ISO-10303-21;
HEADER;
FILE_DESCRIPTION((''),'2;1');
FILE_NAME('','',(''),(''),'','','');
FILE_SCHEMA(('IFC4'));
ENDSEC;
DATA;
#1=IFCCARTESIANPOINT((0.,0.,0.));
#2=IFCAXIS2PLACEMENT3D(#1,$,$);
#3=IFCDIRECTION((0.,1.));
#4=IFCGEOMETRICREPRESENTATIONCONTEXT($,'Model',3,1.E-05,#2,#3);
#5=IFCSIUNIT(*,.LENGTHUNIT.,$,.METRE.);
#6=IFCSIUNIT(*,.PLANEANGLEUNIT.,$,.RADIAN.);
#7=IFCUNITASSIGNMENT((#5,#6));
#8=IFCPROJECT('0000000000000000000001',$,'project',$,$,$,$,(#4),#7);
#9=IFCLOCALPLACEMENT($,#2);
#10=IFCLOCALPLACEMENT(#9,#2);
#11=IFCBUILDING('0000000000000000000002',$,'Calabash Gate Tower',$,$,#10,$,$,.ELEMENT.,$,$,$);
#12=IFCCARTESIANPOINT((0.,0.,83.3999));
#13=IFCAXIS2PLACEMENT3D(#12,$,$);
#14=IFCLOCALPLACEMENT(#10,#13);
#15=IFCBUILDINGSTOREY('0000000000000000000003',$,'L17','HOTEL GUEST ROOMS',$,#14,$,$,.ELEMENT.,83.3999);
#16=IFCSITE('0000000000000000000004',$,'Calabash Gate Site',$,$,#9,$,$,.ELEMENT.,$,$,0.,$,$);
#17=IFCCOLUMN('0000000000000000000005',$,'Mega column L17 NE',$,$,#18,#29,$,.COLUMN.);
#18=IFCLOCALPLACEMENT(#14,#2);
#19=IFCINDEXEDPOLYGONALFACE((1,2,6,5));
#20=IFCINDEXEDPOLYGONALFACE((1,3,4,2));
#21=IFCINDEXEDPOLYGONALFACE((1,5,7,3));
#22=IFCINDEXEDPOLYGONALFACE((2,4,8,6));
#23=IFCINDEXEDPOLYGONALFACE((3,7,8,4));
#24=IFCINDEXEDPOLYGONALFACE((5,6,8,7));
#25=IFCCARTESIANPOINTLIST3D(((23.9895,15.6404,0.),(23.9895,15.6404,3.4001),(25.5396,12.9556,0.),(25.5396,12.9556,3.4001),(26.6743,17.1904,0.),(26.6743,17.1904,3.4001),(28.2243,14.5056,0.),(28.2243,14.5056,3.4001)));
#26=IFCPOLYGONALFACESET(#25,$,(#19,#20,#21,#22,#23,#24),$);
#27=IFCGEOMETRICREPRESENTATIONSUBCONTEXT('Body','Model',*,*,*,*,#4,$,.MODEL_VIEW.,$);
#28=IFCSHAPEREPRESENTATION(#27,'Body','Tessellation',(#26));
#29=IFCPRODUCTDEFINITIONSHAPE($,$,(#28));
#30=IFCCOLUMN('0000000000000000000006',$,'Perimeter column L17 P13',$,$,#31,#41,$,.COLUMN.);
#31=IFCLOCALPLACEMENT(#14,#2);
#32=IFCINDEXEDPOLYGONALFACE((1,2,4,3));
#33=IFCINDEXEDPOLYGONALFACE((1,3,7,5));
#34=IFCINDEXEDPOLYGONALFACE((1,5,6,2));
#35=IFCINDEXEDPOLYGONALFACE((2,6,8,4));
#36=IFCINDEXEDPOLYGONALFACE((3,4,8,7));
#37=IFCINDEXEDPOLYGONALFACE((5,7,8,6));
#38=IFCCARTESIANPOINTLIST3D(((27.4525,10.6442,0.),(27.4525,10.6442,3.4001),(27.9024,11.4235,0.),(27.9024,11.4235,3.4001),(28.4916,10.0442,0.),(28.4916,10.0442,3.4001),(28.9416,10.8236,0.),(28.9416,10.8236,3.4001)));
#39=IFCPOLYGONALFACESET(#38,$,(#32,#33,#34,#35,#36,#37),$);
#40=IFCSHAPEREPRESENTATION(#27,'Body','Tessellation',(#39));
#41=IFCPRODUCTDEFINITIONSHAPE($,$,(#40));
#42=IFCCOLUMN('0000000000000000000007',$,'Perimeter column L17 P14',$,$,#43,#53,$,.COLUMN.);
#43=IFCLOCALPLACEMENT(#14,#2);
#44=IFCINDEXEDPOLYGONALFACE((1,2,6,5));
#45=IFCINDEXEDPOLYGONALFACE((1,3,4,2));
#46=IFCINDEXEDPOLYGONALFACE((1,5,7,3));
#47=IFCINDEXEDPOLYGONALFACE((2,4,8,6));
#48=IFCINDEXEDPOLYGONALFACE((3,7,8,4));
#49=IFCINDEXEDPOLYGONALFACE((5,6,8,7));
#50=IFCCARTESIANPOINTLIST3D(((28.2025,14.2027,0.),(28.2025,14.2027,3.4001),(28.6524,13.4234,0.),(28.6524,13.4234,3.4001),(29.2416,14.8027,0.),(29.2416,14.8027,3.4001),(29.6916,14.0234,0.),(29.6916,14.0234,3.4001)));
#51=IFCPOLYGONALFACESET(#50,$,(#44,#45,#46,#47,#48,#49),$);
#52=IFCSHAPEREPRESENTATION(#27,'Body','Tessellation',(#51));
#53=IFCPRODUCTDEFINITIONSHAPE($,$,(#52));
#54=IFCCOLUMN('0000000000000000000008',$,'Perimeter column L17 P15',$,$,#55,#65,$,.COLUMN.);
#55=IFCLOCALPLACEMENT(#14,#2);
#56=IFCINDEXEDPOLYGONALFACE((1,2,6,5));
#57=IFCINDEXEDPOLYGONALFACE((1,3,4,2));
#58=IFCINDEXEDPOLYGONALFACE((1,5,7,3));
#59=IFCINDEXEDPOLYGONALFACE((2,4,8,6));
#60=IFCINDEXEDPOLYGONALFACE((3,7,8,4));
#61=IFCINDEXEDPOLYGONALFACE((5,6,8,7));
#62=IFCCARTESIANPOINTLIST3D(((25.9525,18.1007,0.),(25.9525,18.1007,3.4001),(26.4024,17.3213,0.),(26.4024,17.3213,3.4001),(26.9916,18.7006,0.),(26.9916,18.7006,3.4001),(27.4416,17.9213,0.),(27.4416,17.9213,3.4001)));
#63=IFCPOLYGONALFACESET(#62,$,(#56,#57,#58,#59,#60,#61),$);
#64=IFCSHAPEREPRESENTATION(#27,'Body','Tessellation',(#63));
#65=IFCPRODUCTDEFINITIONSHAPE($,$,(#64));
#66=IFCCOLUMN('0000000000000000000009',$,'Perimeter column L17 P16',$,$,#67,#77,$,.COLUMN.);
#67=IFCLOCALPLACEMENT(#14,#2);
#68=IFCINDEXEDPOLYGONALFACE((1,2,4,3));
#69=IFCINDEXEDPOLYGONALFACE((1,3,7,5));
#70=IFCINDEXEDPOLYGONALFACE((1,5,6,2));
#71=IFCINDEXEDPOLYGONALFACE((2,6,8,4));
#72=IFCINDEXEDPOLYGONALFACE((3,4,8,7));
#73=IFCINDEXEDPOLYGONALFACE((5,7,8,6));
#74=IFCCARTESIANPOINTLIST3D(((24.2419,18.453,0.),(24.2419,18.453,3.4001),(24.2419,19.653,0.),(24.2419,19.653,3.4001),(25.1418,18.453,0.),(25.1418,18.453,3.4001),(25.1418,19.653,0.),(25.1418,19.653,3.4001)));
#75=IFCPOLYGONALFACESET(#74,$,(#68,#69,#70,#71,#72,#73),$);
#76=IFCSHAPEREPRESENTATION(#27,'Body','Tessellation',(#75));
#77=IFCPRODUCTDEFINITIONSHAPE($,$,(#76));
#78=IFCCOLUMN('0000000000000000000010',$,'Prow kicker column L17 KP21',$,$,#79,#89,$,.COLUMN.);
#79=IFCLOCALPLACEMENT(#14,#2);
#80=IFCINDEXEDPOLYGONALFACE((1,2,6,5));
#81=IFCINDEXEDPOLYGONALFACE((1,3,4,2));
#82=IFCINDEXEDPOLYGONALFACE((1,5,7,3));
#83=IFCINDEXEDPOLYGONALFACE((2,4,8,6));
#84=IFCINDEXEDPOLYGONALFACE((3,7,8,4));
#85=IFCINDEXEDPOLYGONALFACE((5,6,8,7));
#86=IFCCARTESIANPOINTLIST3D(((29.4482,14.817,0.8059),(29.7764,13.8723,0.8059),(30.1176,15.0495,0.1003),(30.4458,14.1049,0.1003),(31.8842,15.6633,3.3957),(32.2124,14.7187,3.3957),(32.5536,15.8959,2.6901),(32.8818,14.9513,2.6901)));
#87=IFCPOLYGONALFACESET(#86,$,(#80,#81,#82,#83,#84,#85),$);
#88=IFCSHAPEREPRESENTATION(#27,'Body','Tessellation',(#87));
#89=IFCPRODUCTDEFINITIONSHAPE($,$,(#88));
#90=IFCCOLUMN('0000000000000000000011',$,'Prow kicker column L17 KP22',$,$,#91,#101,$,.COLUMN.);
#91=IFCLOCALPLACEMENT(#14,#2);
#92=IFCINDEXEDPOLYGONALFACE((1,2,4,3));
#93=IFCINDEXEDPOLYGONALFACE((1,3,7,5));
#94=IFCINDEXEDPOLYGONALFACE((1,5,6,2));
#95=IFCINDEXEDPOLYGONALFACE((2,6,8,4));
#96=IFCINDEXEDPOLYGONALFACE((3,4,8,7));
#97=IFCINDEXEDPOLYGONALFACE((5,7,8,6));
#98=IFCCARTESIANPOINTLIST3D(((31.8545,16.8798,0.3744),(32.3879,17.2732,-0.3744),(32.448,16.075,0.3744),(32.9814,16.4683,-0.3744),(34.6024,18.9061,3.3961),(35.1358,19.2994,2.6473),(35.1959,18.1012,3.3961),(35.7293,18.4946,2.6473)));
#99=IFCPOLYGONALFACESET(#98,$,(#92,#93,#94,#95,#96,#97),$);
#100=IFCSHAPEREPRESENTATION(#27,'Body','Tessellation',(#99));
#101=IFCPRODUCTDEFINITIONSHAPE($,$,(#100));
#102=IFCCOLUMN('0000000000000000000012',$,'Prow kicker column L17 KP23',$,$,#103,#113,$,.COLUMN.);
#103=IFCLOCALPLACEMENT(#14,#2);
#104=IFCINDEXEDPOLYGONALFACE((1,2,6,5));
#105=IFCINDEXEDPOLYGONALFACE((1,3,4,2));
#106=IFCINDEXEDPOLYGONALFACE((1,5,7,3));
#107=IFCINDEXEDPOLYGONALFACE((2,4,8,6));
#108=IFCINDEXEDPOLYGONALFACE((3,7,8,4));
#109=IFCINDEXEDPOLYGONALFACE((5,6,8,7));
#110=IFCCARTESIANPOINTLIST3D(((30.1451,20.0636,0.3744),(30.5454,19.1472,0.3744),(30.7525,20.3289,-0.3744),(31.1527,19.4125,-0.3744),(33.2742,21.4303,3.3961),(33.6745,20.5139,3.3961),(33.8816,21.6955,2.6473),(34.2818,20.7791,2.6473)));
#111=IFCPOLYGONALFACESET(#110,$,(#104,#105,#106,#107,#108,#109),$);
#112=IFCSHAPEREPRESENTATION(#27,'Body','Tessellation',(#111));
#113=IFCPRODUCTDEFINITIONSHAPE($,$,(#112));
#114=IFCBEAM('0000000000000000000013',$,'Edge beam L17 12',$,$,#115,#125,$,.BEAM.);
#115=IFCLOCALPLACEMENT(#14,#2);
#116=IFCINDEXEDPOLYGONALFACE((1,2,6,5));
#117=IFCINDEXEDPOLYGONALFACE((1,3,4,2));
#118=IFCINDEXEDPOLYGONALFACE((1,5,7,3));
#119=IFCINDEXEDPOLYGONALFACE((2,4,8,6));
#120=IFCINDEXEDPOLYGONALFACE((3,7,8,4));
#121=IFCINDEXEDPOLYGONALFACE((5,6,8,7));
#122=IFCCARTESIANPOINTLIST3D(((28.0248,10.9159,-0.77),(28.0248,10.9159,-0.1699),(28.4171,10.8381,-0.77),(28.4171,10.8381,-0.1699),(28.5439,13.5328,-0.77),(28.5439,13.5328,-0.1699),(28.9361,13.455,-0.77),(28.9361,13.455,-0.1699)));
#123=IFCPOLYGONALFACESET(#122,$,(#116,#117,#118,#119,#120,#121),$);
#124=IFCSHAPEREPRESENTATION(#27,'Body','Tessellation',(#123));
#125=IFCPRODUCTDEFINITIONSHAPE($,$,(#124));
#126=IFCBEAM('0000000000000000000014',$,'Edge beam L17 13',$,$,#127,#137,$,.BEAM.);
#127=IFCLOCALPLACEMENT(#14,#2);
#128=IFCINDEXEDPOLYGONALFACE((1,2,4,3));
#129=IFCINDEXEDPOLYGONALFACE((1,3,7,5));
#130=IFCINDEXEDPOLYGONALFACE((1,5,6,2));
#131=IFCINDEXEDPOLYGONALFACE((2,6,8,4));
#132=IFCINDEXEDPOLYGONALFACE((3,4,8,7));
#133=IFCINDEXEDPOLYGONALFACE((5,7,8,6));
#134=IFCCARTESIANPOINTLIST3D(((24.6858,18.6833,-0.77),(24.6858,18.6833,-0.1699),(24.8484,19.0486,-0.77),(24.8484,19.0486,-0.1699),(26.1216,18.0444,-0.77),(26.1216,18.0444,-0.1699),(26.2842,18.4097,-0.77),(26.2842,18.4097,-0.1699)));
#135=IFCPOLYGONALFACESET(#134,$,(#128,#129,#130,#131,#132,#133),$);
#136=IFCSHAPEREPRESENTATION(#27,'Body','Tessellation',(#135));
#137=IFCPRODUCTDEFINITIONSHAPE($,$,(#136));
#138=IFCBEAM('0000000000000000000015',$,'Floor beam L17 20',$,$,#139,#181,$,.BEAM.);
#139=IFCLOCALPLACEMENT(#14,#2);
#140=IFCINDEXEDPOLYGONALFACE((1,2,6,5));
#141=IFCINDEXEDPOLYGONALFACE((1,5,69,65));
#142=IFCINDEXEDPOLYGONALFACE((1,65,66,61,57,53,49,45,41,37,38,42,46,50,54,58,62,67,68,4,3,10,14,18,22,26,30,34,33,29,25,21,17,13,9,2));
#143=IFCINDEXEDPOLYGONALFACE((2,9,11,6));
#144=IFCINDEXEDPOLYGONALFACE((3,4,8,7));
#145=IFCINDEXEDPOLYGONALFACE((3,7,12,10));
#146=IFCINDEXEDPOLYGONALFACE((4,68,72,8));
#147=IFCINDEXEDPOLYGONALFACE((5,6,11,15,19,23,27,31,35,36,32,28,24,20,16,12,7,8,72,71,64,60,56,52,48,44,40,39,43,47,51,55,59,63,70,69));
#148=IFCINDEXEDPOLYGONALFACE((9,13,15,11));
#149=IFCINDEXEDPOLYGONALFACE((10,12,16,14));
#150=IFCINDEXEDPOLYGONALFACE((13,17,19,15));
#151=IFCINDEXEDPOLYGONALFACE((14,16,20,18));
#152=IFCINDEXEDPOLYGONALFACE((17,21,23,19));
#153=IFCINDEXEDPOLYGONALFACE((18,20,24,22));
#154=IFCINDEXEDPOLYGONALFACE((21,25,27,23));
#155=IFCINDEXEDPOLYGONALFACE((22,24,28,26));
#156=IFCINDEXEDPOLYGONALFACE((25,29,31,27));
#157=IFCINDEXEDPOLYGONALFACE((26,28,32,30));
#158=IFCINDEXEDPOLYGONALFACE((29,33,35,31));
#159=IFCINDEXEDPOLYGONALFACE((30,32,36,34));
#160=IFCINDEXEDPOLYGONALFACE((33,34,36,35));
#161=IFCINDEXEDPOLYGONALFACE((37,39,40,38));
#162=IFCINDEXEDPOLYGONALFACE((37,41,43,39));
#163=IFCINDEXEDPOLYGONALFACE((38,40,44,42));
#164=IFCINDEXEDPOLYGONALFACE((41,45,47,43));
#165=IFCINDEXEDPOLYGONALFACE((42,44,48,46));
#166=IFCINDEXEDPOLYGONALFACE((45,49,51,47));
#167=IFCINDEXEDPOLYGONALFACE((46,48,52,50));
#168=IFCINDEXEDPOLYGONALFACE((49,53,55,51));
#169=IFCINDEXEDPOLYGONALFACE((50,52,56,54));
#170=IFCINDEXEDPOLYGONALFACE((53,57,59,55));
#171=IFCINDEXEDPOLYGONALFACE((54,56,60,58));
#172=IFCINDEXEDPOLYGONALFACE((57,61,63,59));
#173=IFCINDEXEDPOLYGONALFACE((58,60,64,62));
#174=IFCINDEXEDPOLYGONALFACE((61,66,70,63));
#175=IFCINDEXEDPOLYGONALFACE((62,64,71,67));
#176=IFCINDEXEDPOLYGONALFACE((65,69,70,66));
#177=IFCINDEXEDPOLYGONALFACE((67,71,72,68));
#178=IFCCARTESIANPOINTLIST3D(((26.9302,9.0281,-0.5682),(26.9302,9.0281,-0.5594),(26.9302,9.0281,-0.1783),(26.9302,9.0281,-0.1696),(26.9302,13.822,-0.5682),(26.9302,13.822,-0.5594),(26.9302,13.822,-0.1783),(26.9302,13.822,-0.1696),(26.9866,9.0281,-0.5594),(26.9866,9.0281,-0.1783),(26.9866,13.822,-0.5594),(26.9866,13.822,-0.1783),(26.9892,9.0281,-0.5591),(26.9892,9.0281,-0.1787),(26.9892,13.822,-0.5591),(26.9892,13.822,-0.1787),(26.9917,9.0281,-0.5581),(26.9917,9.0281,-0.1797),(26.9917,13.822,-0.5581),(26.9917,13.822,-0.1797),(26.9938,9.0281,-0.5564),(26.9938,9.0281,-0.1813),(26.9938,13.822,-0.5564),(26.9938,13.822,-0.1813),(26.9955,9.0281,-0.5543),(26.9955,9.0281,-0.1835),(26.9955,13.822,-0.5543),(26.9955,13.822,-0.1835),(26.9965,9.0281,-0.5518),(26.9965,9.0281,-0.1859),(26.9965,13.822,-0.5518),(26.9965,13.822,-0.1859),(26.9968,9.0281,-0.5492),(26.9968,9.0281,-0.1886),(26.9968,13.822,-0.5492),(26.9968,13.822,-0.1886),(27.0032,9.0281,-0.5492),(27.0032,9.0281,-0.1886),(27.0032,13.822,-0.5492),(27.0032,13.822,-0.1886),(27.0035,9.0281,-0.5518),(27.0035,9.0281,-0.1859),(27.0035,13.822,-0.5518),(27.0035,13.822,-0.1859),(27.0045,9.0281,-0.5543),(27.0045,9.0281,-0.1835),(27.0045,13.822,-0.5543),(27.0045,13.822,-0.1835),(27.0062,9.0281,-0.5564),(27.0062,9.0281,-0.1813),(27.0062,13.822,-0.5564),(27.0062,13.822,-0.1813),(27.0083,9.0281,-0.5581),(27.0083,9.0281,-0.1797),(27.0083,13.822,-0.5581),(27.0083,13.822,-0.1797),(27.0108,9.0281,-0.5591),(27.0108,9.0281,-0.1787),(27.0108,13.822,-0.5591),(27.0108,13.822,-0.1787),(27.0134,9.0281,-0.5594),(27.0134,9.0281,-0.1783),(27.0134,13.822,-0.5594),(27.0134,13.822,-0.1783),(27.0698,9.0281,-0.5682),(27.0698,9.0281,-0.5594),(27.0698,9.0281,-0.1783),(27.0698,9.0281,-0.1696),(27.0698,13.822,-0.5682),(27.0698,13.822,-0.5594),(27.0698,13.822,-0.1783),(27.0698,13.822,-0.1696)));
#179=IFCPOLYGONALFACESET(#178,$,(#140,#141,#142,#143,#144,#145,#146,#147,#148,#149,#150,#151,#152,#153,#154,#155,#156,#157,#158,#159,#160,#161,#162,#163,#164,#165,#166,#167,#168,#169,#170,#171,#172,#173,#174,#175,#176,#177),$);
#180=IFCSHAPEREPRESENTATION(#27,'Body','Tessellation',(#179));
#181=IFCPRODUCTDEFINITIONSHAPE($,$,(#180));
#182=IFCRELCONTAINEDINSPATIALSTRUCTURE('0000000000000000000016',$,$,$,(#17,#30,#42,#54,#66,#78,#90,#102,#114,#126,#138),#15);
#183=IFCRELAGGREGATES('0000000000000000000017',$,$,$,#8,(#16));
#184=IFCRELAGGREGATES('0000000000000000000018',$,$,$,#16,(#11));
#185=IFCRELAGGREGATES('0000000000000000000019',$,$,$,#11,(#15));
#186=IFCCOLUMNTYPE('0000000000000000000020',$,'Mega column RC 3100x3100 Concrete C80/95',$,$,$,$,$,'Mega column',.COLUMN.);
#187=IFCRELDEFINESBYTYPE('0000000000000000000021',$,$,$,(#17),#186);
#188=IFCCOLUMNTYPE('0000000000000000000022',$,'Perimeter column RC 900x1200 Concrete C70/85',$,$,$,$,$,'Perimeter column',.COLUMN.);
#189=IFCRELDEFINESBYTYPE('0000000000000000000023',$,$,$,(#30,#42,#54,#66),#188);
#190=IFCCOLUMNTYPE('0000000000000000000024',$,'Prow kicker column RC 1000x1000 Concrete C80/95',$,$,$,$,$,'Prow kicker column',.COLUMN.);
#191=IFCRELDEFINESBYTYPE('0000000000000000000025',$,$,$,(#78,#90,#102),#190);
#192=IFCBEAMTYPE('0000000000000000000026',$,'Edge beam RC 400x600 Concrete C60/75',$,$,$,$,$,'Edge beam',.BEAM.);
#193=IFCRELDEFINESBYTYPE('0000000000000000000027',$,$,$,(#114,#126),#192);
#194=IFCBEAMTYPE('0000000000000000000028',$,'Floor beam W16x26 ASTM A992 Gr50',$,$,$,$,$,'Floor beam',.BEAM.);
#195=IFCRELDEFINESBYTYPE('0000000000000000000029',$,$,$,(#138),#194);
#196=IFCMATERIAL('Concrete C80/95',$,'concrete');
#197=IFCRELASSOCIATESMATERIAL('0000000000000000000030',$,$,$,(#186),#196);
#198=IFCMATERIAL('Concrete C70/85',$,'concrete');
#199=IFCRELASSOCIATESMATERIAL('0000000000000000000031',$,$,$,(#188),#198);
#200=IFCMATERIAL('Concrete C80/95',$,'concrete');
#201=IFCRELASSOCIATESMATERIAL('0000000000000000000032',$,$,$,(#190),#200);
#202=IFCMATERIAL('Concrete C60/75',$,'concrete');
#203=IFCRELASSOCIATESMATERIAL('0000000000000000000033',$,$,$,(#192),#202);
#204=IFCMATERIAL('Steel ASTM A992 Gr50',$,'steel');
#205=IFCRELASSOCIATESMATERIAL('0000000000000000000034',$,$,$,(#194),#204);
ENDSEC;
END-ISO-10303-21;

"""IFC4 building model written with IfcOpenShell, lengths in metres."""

from ifc_helpers import new_model, si_unit, direction, frame, origin, origin_2d, place, context, subcontext, project, spatial, rectangle, i_section, extrude, clip, halfspace, material, material_profile, profile_set, type_object, element, save


model = new_model("IFC4")

# Units and contexts
model_context = context("Model", 3, precision=1e-05, world=origin(), true_north=direction((0.0, 1.0)))
body_context = subcontext(model_context, "Body", "Model", "MODEL_VIEW")
ifc_project = project(units=[si_unit("LENGTHUNIT", "METRE"), si_unit("PLANEANGLEUNIT", "RADIAN")], contexts=[model_context])

# Site, building, storey
site_placement = place(None, origin())
site = spatial("IfcSite", under=ifc_project, at=site_placement, Name="Calabash Gate Site", CompositionType="ELEMENT", RefElevation=0.0)
building_placement = place(site_placement, origin())
building = spatial("IfcBuilding", under=site, at=building_placement, Name="Calabash Gate Tower", CompositionType="ELEMENT")
storey_placement = place(building_placement, frame((0.0, 0.0, 83.3999)))
storey = spatial("IfcBuildingStorey", under=building, at=storey_placement, Name="L17", Description="HOTEL GUEST ROOMS", CompositionType="ELEMENT", Elevation=83.3999)

# Columns
ifc_material_1 = material(Name="Concrete C80/95", Category="concrete")
ifc_material_profile_1 = material_profile(ifc_material_1, rectangle(XDim=3.1001, YDim=3.1001, at=origin_2d()))
ifc_profile_set_1 = profile_set([ifc_material_profile_1], Name="Concrete C80/95")
column_type_1 = type_object("IfcColumnType", Name="Mega column RC 3100x3100 Concrete C80/95", ElementType="Mega column", PredefinedType="COLUMN", material=ifc_profile_set_1)
column_1_placement = place(storey_placement, frame((26.1069, 15.073, 0.0), z_axis=(0.0, 0.0, 1.0), x_axis=(-0.866025, -0.5, 0.0)))
element("IfcColumn", 1, at=column_1_placement, inside=storey, type_object=column_type_1, Name="Mega column L17 NE", PredefinedType="COLUMN", context=body_context, shape_type="SweptSolid", body=[
    extrude(rectangle(XDim=3.1001, YDim=3.1001, at=origin_2d()), origin(), (0.0, 0.0, 1.0), 3.4001),
])
ifc_material_2 = material(Name="Concrete C70/85", Category="concrete")
ifc_material_profile_2 = material_profile(ifc_material_2, rectangle(XDim=0.8999, YDim=1.2, at=origin_2d()))
ifc_profile_set_2 = profile_set([ifc_material_profile_2], Name="Concrete C70/85")
column_type_2 = type_object("IfcColumnType", Name="Perimeter column RC 900x1200 Concrete C70/85", ElementType="Perimeter column", PredefinedType="COLUMN", material=ifc_profile_set_2)
for number, where, z_axis, x_axis, name in (
    (2, (28.197, 10.7339, 0.0), (0.0, 0.0, 1.0), (0.5, 0.866025, 0.0), "Perimeter column L17 P13"),
    (3, (28.947, 14.113, 0.0), (0.0, 0.0, 1.0), (-0.5, 0.866025, 0.0), "Perimeter column L17 P14"),
    (4, (26.697, 18.011, 0.0), (0.0, 0.0, 1.0), (-0.5, 0.866025, 0.0), "Perimeter column L17 P15"),
    (5, (24.6919, 19.053, 0.0), (0.0, 0.0, 1.0), (-1.0, 0.0, 0.0), "Perimeter column L17 P16"),
):
    element("IfcColumn", number, at=place(storey_placement, frame(where, z_axis=z_axis, x_axis=x_axis)), inside=storey, type_object=column_type_2, Name=name, PredefinedType="COLUMN", context=body_context, shape_type="SweptSolid", body=[
        extrude(rectangle(XDim=0.8999, YDim=1.2, at=origin_2d()), origin(), (0.0, 0.0, 1.0), 3.4001),
    ])
ifc_material_3 = material(Name="Concrete C80/95", Category="concrete")
ifc_material_profile_3 = material_profile(ifc_material_3, rectangle(XDim=1.0, YDim=1.0, at=origin_2d()))
ifc_profile_set_3 = profile_set([ifc_material_profile_3], Name="Concrete C80/95")
column_type_3 = type_object("IfcColumnType", Name="Prow kicker column RC 1000x1000 Concrete C80/95", ElementType="Prow kicker column", PredefinedType="COLUMN", material=ifc_profile_set_3)
column_2_placement = place(storey_placement, frame((29.947, 14.4609, 0.4531), z_axis=(0.666517, 0.231584, 0.708607), x_axis=(-0.669354, -0.23257, 0.705603)))
element("IfcColumn", 6, at=column_2_placement, inside=storey, type_object=column_type_3, Name="Prow kicker column L17 KP21", PredefinedType="COLUMN", context=body_context, shape_type="Clipping", body=[
    clip(extrude(rectangle(XDim=1.0, YDim=1.0, at=origin_2d()), origin(), (0.0, 0.0, 1.0), 4.1589), halfspace(frame((0.0, 0.0, 3.6548), z_axis=(0.0, 0.0, 1.0), x_axis=(1.0, 0.0, 0.0)), False)),
])
column_3_placement = place(storey_placement, frame((32.418, 16.6741, 0.0), z_axis=(0.602699, 0.444422, 0.662754), x_axis=(-0.533416, -0.393333, 0.748837)))
element("IfcColumn", 7, at=column_3_placement, inside=storey, type_object=column_type_3, Name="Prow kicker column L17 KP22", PredefinedType="COLUMN", context=body_context, shape_type="Clipping", body=[
    clip(extrude(rectangle(XDim=1.0, YDim=1.0, at=origin_2d()), origin(), (0.0, 0.0, 1.0), 5.1304), halfspace(frame((0.0, 0.0, 4.5593), z_axis=(0.0, 0.0, 1.0), x_axis=(1.0, 0.0, 0.0)), False)),
])
column_4_placement = place(storey_placement, frame((30.6489, 19.738, 0.0), z_axis=(0.68627, 0.299737, 0.662715), x_axis=(-0.607316, -0.265253, 0.748872)))
element("IfcColumn", 8, at=column_4_placement, inside=storey, type_object=column_type_3, Name="Prow kicker column L17 KP23", PredefinedType="COLUMN", context=body_context, shape_type="Clipping", body=[
    clip(extrude(rectangle(XDim=1.0, YDim=1.0, at=origin_2d()), origin(), (0.0, 0.0, 1.0), 5.1306), halfspace(frame((0.0, 0.0, 4.5596), z_axis=(0.0, 0.0, 1.0), x_axis=(1.0, 0.0, 0.0)), False)),
])

# Beams
ifc_material_4 = material(Name="Concrete C60/75", Category="concrete")
ifc_material_profile_4 = material_profile(ifc_material_4, rectangle(XDim=0.3999, YDim=0.6001, at=origin_2d()))
ifc_profile_set_4 = profile_set([ifc_material_profile_4], Name="Concrete C60/75")
beam_type_1 = type_object("IfcBeamType", Name="Edge beam RC 400x600 Concrete C60/75", ElementType="Edge beam", PredefinedType="BEAM", material=ifc_profile_set_4)
beam_1_placement = place(storey_placement, frame((28.2209, 10.877, -0.47), z_axis=(0.19455, 0.980893, 0.0), x_axis=(-0.980893, 0.19455, 0.0)))
element("IfcBeam", 9, at=beam_1_placement, inside=storey, type_object=beam_type_1, Name="Edge beam L17 12", PredefinedType="BEAM", context=body_context, shape_type="SweptSolid", body=[
    extrude(rectangle(XDim=0.3999, YDim=0.6001, at=origin_2d()), origin(), (0.0, 0.0, 1.0), 2.668),
])
beam_2_placement = place(storey_placement, frame((26.2029, 18.2271, -0.47), z_axis=(-0.913626, 0.406556, 0.0), x_axis=(-0.406556, -0.913626, 0.0)))
element("IfcBeam", 10, at=beam_2_placement, inside=storey, type_object=beam_type_1, Name="Edge beam L17 13", PredefinedType="BEAM", context=body_context, shape_type="SweptSolid", body=[
    extrude(rectangle(XDim=0.3999, YDim=0.6001, at=origin_2d()), origin(), (0.0, 0.0, 1.0), 1.5715),
])
ifc_material_5 = material(Name="Steel ASTM A992 Gr50", Category="steel")
ifc_material_profile_5 = material_profile(ifc_material_5, i_section(OverallWidth=0.1396, OverallDepth=0.3987, WebThickness=0.0063, FlangeThickness=0.0088, FilletRadius=0.0103, at=origin_2d()))
ifc_profile_set_5 = profile_set([ifc_material_profile_5], Name="Steel ASTM A992 Gr50")
beam_type_2 = type_object("IfcBeamType", Name="Floor beam W16x26 ASTM A992 Gr50", ElementType="Floor beam", PredefinedType="BEAM", material=ifc_profile_set_5)
beam_3_placement = place(storey_placement, frame((27.0, 9.0281, -0.3689), z_axis=(0.0, 1.0, 0.0), x_axis=(-1.0, 0.0, 0.0)))
element("IfcBeam", 11, at=beam_3_placement, inside=storey, type_object=beam_type_2, Name="Floor beam L17 20", PredefinedType="BEAM", context=body_context, shape_type="SweptSolid", body=[
    extrude(i_section(OverallWidth=0.1396, OverallDepth=0.3987, WebThickness=0.0063, FlangeThickness=0.0088, FilletRadius=0.0103, at=origin_2d()), origin(), (0.0, 0.0, 1.0), 4.7939),
])

save(model, "model.ifc")
